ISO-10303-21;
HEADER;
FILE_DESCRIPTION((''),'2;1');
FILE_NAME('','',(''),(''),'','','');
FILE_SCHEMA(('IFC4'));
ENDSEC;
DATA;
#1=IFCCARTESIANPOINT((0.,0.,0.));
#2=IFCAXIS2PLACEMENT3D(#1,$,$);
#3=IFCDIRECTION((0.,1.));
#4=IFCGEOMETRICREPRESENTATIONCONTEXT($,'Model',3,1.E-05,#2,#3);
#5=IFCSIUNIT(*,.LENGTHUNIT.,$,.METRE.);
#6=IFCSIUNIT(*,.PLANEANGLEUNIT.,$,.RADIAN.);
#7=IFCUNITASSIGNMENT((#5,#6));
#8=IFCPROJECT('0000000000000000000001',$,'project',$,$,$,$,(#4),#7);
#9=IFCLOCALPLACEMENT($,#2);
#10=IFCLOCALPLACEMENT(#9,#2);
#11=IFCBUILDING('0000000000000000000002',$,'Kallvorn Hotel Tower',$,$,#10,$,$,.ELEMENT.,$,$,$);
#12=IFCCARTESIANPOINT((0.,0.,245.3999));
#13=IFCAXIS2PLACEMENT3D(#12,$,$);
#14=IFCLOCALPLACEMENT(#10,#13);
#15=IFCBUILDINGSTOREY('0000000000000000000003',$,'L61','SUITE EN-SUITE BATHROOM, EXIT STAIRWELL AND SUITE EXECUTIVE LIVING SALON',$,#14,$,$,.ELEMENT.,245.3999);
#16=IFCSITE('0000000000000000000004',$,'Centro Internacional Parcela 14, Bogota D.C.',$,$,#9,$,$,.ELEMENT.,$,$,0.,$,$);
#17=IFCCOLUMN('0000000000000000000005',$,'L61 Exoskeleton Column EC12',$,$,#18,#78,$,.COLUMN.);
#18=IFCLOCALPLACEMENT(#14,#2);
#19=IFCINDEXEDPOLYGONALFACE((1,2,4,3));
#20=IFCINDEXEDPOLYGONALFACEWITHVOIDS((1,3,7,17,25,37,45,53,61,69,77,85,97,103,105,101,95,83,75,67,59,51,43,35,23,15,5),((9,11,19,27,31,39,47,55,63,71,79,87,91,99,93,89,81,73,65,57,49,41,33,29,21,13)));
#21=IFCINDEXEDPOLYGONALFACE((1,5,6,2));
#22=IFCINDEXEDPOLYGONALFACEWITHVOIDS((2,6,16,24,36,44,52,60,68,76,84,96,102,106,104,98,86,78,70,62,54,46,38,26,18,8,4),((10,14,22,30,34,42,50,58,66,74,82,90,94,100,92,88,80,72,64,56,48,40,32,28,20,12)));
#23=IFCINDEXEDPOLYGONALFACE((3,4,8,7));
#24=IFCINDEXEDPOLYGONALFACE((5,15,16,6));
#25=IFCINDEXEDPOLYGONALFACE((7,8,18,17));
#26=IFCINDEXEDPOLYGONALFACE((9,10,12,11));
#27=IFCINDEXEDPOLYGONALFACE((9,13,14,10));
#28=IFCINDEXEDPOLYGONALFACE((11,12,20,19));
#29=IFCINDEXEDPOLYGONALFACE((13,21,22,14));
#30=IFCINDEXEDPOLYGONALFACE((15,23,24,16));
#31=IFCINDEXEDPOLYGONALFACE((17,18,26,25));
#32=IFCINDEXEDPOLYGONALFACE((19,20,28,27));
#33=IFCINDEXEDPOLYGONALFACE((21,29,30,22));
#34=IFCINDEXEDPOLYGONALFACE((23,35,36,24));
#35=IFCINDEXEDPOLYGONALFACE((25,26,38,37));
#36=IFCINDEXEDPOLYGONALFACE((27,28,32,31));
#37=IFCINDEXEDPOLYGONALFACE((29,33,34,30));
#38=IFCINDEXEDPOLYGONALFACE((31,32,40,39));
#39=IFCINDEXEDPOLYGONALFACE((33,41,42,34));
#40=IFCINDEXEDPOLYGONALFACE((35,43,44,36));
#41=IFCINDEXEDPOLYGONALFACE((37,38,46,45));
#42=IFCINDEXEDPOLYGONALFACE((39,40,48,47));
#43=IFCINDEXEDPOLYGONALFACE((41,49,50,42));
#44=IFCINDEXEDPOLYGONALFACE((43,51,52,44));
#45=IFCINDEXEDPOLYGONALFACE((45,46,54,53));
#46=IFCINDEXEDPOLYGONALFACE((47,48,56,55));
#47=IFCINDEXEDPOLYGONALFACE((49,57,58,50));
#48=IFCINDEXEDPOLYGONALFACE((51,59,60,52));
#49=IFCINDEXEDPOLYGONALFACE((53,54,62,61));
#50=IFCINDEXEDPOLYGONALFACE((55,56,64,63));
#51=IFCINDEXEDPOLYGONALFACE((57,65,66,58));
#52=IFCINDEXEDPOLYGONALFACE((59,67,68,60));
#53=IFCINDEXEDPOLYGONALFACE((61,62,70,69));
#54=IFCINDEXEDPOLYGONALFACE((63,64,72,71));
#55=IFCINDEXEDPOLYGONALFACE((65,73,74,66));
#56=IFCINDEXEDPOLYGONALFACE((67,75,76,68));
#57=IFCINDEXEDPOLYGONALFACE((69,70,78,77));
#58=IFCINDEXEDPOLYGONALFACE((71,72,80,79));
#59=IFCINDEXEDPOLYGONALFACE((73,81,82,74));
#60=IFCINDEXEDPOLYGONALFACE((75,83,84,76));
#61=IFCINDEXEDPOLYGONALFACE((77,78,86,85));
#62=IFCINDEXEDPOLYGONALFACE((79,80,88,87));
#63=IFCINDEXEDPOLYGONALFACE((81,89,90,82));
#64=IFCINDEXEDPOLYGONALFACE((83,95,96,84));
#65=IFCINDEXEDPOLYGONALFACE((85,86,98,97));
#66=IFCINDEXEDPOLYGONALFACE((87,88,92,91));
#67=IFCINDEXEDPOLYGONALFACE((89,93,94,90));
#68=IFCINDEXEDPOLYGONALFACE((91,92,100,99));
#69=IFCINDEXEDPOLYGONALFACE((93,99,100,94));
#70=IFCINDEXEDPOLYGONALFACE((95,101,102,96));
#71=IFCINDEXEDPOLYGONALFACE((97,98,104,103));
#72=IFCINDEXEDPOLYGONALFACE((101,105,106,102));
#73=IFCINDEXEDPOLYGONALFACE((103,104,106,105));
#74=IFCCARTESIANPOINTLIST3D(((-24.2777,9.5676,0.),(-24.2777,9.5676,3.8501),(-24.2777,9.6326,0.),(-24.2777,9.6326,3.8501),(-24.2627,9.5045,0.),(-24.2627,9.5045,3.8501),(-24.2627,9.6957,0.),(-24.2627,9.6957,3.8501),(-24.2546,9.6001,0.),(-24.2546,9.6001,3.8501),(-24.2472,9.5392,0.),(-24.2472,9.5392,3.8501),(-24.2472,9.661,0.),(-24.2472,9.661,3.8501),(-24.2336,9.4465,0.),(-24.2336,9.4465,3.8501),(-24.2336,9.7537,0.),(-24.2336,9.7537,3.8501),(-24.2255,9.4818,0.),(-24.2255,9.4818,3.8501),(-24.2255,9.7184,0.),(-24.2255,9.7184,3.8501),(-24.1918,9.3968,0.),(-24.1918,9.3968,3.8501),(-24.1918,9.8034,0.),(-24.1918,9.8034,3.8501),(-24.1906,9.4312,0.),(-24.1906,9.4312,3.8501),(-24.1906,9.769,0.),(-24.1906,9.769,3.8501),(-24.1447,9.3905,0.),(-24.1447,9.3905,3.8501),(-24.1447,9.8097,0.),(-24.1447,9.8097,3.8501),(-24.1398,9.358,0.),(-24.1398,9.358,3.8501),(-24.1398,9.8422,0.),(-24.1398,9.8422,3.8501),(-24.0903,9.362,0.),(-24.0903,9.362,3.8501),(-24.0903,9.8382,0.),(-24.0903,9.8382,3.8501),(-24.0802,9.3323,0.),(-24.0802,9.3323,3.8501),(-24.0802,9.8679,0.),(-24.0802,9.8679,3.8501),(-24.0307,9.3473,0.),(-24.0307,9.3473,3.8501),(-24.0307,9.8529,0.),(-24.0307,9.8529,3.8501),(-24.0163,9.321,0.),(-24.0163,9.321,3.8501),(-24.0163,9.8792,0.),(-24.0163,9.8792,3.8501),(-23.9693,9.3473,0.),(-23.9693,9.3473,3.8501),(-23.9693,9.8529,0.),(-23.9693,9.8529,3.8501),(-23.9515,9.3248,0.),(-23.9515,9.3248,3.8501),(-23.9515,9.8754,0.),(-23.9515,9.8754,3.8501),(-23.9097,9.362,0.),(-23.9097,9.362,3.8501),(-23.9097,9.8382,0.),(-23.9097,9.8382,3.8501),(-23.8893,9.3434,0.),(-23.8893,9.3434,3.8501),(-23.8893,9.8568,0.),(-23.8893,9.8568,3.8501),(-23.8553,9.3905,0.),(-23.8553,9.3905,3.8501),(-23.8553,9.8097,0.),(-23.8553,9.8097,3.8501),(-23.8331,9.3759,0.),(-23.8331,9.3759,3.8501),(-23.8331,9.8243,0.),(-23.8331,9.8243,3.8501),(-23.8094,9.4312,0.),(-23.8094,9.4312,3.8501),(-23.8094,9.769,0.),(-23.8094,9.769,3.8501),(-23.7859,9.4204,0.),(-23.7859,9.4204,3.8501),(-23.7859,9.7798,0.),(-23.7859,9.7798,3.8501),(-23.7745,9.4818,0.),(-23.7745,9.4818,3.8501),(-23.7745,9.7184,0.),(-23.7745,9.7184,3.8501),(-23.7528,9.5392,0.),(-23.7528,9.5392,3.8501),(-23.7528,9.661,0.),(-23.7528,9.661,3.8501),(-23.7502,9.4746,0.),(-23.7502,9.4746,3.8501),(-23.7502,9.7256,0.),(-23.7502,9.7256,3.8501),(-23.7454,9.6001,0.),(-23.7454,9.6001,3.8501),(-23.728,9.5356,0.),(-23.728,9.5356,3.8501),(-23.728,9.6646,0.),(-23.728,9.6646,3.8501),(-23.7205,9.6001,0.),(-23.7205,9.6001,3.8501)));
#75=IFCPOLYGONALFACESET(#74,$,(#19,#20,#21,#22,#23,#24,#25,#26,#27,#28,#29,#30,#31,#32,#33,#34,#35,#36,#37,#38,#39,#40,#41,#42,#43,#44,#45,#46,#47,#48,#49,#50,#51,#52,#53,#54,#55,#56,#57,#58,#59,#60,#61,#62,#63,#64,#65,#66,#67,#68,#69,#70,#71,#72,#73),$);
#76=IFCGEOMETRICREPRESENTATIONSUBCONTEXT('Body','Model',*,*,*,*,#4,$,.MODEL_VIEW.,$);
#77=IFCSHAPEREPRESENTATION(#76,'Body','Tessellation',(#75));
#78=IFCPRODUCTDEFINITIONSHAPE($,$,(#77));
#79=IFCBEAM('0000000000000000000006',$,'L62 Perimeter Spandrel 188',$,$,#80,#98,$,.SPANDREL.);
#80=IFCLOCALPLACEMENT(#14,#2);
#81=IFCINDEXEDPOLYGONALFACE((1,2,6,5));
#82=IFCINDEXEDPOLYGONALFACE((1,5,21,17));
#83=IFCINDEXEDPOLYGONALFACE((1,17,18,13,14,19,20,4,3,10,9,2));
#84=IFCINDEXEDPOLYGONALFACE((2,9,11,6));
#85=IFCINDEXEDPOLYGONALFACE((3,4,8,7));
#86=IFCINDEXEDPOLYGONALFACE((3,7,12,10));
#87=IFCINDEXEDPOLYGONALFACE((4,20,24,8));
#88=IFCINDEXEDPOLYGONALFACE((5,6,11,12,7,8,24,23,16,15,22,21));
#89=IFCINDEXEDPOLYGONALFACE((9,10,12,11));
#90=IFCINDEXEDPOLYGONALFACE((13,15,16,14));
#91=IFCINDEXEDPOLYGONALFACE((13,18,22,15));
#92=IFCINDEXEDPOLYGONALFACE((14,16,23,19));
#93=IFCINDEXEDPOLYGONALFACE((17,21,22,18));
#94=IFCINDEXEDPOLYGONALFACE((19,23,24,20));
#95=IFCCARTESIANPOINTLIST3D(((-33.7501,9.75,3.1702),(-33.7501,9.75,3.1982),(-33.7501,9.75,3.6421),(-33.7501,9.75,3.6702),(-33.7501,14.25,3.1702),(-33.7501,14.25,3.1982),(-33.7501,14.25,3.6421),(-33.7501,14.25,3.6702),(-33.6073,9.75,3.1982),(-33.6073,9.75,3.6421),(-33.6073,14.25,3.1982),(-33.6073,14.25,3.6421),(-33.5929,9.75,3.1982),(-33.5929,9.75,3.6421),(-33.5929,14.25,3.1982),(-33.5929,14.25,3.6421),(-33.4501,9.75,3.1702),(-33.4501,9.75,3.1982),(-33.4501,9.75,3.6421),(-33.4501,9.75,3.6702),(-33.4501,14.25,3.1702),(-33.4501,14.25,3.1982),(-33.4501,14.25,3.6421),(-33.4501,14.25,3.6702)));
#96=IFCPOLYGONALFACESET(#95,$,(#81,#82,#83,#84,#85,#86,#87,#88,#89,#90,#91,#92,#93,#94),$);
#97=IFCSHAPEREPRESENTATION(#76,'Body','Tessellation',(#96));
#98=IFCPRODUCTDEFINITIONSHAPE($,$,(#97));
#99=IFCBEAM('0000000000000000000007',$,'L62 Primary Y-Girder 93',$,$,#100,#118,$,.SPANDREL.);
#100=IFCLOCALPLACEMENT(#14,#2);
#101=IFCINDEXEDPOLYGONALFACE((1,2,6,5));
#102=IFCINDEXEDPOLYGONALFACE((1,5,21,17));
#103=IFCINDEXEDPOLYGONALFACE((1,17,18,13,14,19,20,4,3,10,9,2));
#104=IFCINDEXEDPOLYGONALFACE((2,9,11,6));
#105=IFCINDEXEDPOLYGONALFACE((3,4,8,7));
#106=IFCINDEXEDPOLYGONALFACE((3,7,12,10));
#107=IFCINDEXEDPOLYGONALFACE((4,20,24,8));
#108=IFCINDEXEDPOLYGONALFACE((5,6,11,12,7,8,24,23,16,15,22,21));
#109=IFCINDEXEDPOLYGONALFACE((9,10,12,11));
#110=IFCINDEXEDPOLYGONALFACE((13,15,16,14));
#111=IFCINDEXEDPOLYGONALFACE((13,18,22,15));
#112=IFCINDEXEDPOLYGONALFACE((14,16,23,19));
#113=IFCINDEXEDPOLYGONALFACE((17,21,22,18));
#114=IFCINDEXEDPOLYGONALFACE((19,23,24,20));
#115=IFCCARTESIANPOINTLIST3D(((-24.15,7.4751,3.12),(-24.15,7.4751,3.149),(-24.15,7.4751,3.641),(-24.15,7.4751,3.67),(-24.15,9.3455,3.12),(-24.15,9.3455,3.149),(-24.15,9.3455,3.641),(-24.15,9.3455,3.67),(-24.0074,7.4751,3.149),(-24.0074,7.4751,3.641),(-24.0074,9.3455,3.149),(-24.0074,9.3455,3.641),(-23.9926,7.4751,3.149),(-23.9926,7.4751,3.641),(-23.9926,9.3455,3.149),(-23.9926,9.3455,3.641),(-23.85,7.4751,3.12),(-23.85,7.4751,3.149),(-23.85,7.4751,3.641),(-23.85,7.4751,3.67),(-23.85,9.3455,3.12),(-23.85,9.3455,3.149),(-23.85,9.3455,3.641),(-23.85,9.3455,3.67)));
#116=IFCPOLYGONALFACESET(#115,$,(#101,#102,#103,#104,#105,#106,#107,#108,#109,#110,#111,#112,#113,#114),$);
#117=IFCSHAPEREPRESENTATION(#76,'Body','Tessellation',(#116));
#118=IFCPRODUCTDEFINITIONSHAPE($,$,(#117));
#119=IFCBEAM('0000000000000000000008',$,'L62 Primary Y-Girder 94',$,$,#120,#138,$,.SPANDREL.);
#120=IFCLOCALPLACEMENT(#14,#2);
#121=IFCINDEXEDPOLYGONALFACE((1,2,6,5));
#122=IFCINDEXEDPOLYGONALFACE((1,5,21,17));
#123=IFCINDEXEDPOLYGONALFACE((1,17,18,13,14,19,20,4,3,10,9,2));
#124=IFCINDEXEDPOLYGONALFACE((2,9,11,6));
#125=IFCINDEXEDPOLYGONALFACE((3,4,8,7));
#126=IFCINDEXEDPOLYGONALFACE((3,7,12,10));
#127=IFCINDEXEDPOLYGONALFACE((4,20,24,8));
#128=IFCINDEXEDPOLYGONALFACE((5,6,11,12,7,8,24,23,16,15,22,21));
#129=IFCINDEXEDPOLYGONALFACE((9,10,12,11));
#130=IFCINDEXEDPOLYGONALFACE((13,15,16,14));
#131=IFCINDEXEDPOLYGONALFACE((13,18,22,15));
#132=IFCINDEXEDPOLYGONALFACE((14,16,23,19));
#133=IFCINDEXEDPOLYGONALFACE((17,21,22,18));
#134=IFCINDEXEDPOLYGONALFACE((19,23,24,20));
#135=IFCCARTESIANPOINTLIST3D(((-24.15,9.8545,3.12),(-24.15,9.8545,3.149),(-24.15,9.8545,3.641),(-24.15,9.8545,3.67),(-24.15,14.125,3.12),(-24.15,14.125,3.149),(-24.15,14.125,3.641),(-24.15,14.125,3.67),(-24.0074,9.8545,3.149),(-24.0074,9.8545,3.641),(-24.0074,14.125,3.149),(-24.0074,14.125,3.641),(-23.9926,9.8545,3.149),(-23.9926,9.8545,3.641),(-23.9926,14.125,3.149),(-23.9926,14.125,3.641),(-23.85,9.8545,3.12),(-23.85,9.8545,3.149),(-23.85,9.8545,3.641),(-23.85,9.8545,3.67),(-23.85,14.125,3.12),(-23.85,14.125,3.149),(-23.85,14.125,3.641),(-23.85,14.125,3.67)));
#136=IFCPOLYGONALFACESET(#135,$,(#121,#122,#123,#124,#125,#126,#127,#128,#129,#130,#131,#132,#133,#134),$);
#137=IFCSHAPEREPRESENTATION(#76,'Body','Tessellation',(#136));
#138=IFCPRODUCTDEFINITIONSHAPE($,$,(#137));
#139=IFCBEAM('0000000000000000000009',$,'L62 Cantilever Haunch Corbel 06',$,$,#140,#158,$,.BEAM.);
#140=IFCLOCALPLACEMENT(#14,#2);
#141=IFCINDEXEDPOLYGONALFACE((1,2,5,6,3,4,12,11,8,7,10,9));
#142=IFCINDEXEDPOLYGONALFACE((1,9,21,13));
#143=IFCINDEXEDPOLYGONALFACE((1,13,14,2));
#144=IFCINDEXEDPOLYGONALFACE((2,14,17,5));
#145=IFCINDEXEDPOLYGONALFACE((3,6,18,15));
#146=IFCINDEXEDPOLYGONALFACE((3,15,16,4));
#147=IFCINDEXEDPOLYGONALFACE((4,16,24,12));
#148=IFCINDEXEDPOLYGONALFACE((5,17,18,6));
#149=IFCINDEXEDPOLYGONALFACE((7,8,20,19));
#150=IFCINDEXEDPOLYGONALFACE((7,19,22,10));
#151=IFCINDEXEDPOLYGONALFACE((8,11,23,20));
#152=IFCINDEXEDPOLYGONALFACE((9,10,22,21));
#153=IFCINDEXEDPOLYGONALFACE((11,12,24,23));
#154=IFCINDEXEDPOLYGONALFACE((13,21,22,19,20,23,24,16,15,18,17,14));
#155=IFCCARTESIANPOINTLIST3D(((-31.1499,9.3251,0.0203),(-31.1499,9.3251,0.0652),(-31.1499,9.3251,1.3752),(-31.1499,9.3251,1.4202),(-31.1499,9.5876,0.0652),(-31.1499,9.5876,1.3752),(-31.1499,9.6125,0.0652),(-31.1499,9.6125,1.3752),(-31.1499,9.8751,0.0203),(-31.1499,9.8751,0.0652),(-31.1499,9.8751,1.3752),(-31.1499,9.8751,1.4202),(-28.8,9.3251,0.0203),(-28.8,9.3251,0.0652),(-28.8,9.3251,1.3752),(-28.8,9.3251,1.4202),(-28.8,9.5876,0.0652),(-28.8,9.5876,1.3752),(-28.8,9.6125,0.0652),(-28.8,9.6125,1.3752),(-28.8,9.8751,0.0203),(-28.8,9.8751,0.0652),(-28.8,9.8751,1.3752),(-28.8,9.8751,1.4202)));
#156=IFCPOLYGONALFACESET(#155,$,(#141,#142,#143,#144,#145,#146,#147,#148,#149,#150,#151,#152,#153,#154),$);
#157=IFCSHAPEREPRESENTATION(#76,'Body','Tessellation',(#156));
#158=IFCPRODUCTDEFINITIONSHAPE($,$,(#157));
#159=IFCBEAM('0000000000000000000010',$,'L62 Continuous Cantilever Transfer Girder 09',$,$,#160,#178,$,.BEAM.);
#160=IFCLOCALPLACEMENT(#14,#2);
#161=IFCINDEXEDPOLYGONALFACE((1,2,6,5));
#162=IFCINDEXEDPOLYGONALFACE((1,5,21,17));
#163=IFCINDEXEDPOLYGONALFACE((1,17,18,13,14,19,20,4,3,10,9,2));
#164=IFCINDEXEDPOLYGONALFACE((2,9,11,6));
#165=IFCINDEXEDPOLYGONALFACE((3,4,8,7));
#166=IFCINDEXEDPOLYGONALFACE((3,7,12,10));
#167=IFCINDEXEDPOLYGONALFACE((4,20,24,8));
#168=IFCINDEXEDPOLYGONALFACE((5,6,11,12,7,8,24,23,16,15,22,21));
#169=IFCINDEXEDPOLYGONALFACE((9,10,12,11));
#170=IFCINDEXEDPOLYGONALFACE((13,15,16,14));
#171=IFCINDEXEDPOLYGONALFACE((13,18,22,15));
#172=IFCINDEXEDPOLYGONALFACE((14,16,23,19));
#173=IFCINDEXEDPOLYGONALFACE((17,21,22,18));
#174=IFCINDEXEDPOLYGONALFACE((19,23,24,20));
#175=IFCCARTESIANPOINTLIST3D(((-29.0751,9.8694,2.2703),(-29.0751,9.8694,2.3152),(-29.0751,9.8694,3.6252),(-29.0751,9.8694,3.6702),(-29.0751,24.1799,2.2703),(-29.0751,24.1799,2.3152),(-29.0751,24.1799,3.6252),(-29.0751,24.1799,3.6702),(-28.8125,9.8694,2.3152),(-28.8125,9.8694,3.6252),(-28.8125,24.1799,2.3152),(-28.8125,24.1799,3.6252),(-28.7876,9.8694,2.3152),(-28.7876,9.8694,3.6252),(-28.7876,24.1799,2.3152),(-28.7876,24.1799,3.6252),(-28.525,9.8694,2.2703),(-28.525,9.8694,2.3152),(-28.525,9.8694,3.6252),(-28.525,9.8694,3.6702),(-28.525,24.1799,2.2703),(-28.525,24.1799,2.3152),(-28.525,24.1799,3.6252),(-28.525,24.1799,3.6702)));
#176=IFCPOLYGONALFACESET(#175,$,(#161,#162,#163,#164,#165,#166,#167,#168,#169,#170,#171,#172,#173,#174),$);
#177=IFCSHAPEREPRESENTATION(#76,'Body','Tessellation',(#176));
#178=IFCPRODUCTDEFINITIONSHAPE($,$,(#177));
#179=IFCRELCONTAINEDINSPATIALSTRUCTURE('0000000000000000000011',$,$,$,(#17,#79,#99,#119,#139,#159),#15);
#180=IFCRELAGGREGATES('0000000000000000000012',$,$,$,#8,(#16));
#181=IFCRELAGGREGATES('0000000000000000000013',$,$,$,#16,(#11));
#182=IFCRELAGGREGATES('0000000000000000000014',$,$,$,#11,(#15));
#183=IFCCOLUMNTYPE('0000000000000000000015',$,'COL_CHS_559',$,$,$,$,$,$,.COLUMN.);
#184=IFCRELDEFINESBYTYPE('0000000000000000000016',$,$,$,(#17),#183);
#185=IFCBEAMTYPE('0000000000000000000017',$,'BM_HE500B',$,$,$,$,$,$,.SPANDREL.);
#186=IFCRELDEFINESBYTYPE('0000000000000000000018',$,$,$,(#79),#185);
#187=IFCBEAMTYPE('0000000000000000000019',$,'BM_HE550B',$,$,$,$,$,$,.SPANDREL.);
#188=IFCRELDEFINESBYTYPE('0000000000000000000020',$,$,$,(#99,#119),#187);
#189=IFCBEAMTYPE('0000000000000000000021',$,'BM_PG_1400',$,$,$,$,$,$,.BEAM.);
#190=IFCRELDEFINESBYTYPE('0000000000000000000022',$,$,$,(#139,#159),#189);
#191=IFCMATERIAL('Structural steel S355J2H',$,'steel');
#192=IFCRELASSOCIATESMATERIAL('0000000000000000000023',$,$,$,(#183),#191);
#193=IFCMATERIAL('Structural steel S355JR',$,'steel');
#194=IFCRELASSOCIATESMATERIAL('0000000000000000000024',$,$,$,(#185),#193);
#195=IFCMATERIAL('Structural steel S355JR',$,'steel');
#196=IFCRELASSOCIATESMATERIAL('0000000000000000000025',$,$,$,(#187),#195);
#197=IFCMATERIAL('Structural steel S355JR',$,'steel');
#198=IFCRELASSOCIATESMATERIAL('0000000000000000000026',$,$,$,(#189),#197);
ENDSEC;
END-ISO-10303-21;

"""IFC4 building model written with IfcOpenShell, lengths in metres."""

from ifc_helpers import new_model, si_unit, direction, frame, origin, origin_2d, place, context, subcontext, project, spatial, hollow_circle, i_section, extrude, material, material_profile, profile_set, type_object, element, save


model = new_model("IFC4")

# Units and contexts
model_context = context("Model", 3, precision=1e-05, world=origin(), true_north=direction((0.0, 1.0)))
body_context = subcontext(model_context, "Body", "Model", "MODEL_VIEW")
ifc_project = project(units=[si_unit("LENGTHUNIT", "METRE"), si_unit("PLANEANGLEUNIT", "RADIAN")], contexts=[model_context])

# Site, building, storey
site_placement = place(None, origin())
site = spatial("IfcSite", under=ifc_project, at=site_placement, Name="Centro Internacional Parcela 14, Bogota D.C.", CompositionType="ELEMENT", RefElevation=0.0)
building_placement = place(site_placement, origin())
building = spatial("IfcBuilding", under=site, at=building_placement, Name="Kallvorn Hotel Tower", CompositionType="ELEMENT")
storey_placement = place(building_placement, frame((0.0, 0.0, 245.3999)))
storey = spatial("IfcBuildingStorey", under=building, at=storey_placement, Name="L61", Description="SUITE EN-SUITE BATHROOM, EXIT STAIRWELL AND SUITE EXECUTIVE LIVING SALON", CompositionType="ELEMENT", Elevation=245.3999)

# Column
ifc_material_1 = material(Name="Structural steel S355J2H", Category="steel")
ifc_material_profile_1 = material_profile(ifc_material_1, hollow_circle(Radius=0.2795, WallThickness=0.0249, at=origin_2d()), Name="CHS 559x25")
ifc_profile_set_1 = profile_set([ifc_material_profile_1], Name="Structural steel S355J2H")
column_type_1 = type_object("IfcColumnType", Name="COL_CHS_559", PredefinedType="COLUMN", material=ifc_profile_set_1)
for number, where, z_axis, x_axis, name in (
    (1, (-24.0, 9.6001, 0.0), (0.0, 0.0, 1.0), (1.0, 0.0, 0.0), "L61 Exoskeleton Column EC12"),
):
    element("IfcColumn", number, at=place(storey_placement, frame(where, z_axis=z_axis, x_axis=x_axis)), inside=storey, type_object=column_type_1, Name=name, PredefinedType="COLUMN", context=body_context, shape_type="SweptSolid", body=[
        extrude(hollow_circle(Radius=0.2795, WallThickness=0.0249, at=origin_2d()), origin(), (0.0, 0.0, 1.0), 3.8501),
    ])

# Beams
ifc_material_2 = material(Name="Structural steel S355JR", Category="steel")
ifc_material_profile_2 = material_profile(ifc_material_2, i_section(OverallWidth=0.3, OverallDepth=0.5, WebThickness=0.0144, FlangeThickness=0.0281, at=origin_2d()), Name="HE 500 B")
ifc_profile_set_2 = profile_set([ifc_material_profile_2], Name="Structural steel S355JR")
beam_type_1 = type_object("IfcBeamType", Name="BM_HE500B", PredefinedType="SPANDREL", material=ifc_profile_set_2)
beam_1_placement = place(storey_placement, frame((-33.6001, 9.75, 3.4202), z_axis=(0.0, 1.0, 0.0), x_axis=(-1.0, 0.0, 0.0)))
element("IfcBeam", 2, at=beam_1_placement, inside=storey, type_object=beam_type_1, Name="L62 Perimeter Spandrel 188", PredefinedType="SPANDREL", context=body_context, shape_type="SweptSolid", body=[
    extrude(i_section(OverallWidth=0.3, OverallDepth=0.5, WebThickness=0.0144, FlangeThickness=0.0281, at=origin_2d()), origin(), (0.0, 0.0, 1.0), 4.5),
])
ifc_material_3 = material(Name="Structural steel S355JR", Category="steel")
ifc_material_profile_3 = material_profile(ifc_material_3, i_section(OverallWidth=0.3, OverallDepth=0.55, WebThickness=0.0149, FlangeThickness=0.0291, at=origin_2d()), Name="HE 550 B")
ifc_profile_set_3 = profile_set([ifc_material_profile_3], Name="Structural steel S355JR")
beam_type_2 = type_object("IfcBeamType", Name="BM_HE550B", PredefinedType="SPANDREL", material=ifc_profile_set_3)
beam_2_placement = place(storey_placement, frame((-24.0, 7.4751, 3.395), z_axis=(0.0, 1.0, 0.0), x_axis=(-1.0, 0.0, 0.0)))
element("IfcBeam", 3, at=beam_2_placement, inside=storey, type_object=beam_type_2, Name="L62 Primary Y-Girder 93", PredefinedType="SPANDREL", context=body_context, shape_type="SweptSolid", body=[
    extrude(i_section(OverallWidth=0.3, OverallDepth=0.55, WebThickness=0.0149, FlangeThickness=0.0291, at=origin_2d()), origin(), (0.0, 0.0, 1.0), 1.8704),
])
beam_3_placement = place(storey_placement, frame((-24.0, 9.8545, 3.395), z_axis=(0.0, 1.0, 0.0), x_axis=(-1.0, 0.0, 0.0)))
element("IfcBeam", 4, at=beam_3_placement, inside=storey, type_object=beam_type_2, Name="L62 Primary Y-Girder 94", PredefinedType="SPANDREL", context=body_context, shape_type="SweptSolid", body=[
    extrude(i_section(OverallWidth=0.3, OverallDepth=0.55, WebThickness=0.0149, FlangeThickness=0.0291, at=origin_2d()), origin(), (0.0, 0.0, 1.0), 4.2705),
])
ifc_material_4 = material(Name="Structural steel S355JR", Category="steel")
ifc_material_profile_4 = material_profile(ifc_material_4, i_section(OverallWidth=0.55, OverallDepth=1.3999, WebThickness=0.0249, FlangeThickness=0.0449, at=origin_2d()), Name="PG 1400x550x25x45")
ifc_profile_set_4 = profile_set([ifc_material_profile_4], Name="Structural steel S355JR")
beam_type_3 = type_object("IfcBeamType", Name="BM_PG_1400", PredefinedType="BEAM", material=ifc_profile_set_4)
beam_4_placement = place(storey_placement, frame((-28.8, 9.6001, 0.7202), z_axis=(-1.0, 0.0, 0.0), x_axis=(0.0, -1.0, 0.0)))
element("IfcBeam", 5, at=beam_4_placement, inside=storey, type_object=beam_type_3, Name="L62 Cantilever Haunch Corbel 06", PredefinedType="BEAM", context=body_context, shape_type="SweptSolid", body=[
    extrude(i_section(OverallWidth=0.55, OverallDepth=1.3999, WebThickness=0.0249, FlangeThickness=0.0449, at=origin_2d()), origin(), (0.0, 0.0, 1.0), 2.3499),
])
beam_5_placement = place(storey_placement, frame((-28.8, 9.8694, 2.9702), z_axis=(0.0, 1.0, 0.0), x_axis=(-1.0, 0.0, 0.0)))
element("IfcBeam", 6, at=beam_5_placement, inside=storey, type_object=beam_type_3, Name="L62 Continuous Cantilever Transfer Girder 09", PredefinedType="BEAM", context=body_context, shape_type="SweptSolid", body=[
    extrude(i_section(OverallWidth=0.55, OverallDepth=1.3999, WebThickness=0.0249, FlangeThickness=0.0449, at=origin_2d()), origin(), (0.0, 0.0, 1.0), 14.3105),
])

save(model, "model.ifc")
